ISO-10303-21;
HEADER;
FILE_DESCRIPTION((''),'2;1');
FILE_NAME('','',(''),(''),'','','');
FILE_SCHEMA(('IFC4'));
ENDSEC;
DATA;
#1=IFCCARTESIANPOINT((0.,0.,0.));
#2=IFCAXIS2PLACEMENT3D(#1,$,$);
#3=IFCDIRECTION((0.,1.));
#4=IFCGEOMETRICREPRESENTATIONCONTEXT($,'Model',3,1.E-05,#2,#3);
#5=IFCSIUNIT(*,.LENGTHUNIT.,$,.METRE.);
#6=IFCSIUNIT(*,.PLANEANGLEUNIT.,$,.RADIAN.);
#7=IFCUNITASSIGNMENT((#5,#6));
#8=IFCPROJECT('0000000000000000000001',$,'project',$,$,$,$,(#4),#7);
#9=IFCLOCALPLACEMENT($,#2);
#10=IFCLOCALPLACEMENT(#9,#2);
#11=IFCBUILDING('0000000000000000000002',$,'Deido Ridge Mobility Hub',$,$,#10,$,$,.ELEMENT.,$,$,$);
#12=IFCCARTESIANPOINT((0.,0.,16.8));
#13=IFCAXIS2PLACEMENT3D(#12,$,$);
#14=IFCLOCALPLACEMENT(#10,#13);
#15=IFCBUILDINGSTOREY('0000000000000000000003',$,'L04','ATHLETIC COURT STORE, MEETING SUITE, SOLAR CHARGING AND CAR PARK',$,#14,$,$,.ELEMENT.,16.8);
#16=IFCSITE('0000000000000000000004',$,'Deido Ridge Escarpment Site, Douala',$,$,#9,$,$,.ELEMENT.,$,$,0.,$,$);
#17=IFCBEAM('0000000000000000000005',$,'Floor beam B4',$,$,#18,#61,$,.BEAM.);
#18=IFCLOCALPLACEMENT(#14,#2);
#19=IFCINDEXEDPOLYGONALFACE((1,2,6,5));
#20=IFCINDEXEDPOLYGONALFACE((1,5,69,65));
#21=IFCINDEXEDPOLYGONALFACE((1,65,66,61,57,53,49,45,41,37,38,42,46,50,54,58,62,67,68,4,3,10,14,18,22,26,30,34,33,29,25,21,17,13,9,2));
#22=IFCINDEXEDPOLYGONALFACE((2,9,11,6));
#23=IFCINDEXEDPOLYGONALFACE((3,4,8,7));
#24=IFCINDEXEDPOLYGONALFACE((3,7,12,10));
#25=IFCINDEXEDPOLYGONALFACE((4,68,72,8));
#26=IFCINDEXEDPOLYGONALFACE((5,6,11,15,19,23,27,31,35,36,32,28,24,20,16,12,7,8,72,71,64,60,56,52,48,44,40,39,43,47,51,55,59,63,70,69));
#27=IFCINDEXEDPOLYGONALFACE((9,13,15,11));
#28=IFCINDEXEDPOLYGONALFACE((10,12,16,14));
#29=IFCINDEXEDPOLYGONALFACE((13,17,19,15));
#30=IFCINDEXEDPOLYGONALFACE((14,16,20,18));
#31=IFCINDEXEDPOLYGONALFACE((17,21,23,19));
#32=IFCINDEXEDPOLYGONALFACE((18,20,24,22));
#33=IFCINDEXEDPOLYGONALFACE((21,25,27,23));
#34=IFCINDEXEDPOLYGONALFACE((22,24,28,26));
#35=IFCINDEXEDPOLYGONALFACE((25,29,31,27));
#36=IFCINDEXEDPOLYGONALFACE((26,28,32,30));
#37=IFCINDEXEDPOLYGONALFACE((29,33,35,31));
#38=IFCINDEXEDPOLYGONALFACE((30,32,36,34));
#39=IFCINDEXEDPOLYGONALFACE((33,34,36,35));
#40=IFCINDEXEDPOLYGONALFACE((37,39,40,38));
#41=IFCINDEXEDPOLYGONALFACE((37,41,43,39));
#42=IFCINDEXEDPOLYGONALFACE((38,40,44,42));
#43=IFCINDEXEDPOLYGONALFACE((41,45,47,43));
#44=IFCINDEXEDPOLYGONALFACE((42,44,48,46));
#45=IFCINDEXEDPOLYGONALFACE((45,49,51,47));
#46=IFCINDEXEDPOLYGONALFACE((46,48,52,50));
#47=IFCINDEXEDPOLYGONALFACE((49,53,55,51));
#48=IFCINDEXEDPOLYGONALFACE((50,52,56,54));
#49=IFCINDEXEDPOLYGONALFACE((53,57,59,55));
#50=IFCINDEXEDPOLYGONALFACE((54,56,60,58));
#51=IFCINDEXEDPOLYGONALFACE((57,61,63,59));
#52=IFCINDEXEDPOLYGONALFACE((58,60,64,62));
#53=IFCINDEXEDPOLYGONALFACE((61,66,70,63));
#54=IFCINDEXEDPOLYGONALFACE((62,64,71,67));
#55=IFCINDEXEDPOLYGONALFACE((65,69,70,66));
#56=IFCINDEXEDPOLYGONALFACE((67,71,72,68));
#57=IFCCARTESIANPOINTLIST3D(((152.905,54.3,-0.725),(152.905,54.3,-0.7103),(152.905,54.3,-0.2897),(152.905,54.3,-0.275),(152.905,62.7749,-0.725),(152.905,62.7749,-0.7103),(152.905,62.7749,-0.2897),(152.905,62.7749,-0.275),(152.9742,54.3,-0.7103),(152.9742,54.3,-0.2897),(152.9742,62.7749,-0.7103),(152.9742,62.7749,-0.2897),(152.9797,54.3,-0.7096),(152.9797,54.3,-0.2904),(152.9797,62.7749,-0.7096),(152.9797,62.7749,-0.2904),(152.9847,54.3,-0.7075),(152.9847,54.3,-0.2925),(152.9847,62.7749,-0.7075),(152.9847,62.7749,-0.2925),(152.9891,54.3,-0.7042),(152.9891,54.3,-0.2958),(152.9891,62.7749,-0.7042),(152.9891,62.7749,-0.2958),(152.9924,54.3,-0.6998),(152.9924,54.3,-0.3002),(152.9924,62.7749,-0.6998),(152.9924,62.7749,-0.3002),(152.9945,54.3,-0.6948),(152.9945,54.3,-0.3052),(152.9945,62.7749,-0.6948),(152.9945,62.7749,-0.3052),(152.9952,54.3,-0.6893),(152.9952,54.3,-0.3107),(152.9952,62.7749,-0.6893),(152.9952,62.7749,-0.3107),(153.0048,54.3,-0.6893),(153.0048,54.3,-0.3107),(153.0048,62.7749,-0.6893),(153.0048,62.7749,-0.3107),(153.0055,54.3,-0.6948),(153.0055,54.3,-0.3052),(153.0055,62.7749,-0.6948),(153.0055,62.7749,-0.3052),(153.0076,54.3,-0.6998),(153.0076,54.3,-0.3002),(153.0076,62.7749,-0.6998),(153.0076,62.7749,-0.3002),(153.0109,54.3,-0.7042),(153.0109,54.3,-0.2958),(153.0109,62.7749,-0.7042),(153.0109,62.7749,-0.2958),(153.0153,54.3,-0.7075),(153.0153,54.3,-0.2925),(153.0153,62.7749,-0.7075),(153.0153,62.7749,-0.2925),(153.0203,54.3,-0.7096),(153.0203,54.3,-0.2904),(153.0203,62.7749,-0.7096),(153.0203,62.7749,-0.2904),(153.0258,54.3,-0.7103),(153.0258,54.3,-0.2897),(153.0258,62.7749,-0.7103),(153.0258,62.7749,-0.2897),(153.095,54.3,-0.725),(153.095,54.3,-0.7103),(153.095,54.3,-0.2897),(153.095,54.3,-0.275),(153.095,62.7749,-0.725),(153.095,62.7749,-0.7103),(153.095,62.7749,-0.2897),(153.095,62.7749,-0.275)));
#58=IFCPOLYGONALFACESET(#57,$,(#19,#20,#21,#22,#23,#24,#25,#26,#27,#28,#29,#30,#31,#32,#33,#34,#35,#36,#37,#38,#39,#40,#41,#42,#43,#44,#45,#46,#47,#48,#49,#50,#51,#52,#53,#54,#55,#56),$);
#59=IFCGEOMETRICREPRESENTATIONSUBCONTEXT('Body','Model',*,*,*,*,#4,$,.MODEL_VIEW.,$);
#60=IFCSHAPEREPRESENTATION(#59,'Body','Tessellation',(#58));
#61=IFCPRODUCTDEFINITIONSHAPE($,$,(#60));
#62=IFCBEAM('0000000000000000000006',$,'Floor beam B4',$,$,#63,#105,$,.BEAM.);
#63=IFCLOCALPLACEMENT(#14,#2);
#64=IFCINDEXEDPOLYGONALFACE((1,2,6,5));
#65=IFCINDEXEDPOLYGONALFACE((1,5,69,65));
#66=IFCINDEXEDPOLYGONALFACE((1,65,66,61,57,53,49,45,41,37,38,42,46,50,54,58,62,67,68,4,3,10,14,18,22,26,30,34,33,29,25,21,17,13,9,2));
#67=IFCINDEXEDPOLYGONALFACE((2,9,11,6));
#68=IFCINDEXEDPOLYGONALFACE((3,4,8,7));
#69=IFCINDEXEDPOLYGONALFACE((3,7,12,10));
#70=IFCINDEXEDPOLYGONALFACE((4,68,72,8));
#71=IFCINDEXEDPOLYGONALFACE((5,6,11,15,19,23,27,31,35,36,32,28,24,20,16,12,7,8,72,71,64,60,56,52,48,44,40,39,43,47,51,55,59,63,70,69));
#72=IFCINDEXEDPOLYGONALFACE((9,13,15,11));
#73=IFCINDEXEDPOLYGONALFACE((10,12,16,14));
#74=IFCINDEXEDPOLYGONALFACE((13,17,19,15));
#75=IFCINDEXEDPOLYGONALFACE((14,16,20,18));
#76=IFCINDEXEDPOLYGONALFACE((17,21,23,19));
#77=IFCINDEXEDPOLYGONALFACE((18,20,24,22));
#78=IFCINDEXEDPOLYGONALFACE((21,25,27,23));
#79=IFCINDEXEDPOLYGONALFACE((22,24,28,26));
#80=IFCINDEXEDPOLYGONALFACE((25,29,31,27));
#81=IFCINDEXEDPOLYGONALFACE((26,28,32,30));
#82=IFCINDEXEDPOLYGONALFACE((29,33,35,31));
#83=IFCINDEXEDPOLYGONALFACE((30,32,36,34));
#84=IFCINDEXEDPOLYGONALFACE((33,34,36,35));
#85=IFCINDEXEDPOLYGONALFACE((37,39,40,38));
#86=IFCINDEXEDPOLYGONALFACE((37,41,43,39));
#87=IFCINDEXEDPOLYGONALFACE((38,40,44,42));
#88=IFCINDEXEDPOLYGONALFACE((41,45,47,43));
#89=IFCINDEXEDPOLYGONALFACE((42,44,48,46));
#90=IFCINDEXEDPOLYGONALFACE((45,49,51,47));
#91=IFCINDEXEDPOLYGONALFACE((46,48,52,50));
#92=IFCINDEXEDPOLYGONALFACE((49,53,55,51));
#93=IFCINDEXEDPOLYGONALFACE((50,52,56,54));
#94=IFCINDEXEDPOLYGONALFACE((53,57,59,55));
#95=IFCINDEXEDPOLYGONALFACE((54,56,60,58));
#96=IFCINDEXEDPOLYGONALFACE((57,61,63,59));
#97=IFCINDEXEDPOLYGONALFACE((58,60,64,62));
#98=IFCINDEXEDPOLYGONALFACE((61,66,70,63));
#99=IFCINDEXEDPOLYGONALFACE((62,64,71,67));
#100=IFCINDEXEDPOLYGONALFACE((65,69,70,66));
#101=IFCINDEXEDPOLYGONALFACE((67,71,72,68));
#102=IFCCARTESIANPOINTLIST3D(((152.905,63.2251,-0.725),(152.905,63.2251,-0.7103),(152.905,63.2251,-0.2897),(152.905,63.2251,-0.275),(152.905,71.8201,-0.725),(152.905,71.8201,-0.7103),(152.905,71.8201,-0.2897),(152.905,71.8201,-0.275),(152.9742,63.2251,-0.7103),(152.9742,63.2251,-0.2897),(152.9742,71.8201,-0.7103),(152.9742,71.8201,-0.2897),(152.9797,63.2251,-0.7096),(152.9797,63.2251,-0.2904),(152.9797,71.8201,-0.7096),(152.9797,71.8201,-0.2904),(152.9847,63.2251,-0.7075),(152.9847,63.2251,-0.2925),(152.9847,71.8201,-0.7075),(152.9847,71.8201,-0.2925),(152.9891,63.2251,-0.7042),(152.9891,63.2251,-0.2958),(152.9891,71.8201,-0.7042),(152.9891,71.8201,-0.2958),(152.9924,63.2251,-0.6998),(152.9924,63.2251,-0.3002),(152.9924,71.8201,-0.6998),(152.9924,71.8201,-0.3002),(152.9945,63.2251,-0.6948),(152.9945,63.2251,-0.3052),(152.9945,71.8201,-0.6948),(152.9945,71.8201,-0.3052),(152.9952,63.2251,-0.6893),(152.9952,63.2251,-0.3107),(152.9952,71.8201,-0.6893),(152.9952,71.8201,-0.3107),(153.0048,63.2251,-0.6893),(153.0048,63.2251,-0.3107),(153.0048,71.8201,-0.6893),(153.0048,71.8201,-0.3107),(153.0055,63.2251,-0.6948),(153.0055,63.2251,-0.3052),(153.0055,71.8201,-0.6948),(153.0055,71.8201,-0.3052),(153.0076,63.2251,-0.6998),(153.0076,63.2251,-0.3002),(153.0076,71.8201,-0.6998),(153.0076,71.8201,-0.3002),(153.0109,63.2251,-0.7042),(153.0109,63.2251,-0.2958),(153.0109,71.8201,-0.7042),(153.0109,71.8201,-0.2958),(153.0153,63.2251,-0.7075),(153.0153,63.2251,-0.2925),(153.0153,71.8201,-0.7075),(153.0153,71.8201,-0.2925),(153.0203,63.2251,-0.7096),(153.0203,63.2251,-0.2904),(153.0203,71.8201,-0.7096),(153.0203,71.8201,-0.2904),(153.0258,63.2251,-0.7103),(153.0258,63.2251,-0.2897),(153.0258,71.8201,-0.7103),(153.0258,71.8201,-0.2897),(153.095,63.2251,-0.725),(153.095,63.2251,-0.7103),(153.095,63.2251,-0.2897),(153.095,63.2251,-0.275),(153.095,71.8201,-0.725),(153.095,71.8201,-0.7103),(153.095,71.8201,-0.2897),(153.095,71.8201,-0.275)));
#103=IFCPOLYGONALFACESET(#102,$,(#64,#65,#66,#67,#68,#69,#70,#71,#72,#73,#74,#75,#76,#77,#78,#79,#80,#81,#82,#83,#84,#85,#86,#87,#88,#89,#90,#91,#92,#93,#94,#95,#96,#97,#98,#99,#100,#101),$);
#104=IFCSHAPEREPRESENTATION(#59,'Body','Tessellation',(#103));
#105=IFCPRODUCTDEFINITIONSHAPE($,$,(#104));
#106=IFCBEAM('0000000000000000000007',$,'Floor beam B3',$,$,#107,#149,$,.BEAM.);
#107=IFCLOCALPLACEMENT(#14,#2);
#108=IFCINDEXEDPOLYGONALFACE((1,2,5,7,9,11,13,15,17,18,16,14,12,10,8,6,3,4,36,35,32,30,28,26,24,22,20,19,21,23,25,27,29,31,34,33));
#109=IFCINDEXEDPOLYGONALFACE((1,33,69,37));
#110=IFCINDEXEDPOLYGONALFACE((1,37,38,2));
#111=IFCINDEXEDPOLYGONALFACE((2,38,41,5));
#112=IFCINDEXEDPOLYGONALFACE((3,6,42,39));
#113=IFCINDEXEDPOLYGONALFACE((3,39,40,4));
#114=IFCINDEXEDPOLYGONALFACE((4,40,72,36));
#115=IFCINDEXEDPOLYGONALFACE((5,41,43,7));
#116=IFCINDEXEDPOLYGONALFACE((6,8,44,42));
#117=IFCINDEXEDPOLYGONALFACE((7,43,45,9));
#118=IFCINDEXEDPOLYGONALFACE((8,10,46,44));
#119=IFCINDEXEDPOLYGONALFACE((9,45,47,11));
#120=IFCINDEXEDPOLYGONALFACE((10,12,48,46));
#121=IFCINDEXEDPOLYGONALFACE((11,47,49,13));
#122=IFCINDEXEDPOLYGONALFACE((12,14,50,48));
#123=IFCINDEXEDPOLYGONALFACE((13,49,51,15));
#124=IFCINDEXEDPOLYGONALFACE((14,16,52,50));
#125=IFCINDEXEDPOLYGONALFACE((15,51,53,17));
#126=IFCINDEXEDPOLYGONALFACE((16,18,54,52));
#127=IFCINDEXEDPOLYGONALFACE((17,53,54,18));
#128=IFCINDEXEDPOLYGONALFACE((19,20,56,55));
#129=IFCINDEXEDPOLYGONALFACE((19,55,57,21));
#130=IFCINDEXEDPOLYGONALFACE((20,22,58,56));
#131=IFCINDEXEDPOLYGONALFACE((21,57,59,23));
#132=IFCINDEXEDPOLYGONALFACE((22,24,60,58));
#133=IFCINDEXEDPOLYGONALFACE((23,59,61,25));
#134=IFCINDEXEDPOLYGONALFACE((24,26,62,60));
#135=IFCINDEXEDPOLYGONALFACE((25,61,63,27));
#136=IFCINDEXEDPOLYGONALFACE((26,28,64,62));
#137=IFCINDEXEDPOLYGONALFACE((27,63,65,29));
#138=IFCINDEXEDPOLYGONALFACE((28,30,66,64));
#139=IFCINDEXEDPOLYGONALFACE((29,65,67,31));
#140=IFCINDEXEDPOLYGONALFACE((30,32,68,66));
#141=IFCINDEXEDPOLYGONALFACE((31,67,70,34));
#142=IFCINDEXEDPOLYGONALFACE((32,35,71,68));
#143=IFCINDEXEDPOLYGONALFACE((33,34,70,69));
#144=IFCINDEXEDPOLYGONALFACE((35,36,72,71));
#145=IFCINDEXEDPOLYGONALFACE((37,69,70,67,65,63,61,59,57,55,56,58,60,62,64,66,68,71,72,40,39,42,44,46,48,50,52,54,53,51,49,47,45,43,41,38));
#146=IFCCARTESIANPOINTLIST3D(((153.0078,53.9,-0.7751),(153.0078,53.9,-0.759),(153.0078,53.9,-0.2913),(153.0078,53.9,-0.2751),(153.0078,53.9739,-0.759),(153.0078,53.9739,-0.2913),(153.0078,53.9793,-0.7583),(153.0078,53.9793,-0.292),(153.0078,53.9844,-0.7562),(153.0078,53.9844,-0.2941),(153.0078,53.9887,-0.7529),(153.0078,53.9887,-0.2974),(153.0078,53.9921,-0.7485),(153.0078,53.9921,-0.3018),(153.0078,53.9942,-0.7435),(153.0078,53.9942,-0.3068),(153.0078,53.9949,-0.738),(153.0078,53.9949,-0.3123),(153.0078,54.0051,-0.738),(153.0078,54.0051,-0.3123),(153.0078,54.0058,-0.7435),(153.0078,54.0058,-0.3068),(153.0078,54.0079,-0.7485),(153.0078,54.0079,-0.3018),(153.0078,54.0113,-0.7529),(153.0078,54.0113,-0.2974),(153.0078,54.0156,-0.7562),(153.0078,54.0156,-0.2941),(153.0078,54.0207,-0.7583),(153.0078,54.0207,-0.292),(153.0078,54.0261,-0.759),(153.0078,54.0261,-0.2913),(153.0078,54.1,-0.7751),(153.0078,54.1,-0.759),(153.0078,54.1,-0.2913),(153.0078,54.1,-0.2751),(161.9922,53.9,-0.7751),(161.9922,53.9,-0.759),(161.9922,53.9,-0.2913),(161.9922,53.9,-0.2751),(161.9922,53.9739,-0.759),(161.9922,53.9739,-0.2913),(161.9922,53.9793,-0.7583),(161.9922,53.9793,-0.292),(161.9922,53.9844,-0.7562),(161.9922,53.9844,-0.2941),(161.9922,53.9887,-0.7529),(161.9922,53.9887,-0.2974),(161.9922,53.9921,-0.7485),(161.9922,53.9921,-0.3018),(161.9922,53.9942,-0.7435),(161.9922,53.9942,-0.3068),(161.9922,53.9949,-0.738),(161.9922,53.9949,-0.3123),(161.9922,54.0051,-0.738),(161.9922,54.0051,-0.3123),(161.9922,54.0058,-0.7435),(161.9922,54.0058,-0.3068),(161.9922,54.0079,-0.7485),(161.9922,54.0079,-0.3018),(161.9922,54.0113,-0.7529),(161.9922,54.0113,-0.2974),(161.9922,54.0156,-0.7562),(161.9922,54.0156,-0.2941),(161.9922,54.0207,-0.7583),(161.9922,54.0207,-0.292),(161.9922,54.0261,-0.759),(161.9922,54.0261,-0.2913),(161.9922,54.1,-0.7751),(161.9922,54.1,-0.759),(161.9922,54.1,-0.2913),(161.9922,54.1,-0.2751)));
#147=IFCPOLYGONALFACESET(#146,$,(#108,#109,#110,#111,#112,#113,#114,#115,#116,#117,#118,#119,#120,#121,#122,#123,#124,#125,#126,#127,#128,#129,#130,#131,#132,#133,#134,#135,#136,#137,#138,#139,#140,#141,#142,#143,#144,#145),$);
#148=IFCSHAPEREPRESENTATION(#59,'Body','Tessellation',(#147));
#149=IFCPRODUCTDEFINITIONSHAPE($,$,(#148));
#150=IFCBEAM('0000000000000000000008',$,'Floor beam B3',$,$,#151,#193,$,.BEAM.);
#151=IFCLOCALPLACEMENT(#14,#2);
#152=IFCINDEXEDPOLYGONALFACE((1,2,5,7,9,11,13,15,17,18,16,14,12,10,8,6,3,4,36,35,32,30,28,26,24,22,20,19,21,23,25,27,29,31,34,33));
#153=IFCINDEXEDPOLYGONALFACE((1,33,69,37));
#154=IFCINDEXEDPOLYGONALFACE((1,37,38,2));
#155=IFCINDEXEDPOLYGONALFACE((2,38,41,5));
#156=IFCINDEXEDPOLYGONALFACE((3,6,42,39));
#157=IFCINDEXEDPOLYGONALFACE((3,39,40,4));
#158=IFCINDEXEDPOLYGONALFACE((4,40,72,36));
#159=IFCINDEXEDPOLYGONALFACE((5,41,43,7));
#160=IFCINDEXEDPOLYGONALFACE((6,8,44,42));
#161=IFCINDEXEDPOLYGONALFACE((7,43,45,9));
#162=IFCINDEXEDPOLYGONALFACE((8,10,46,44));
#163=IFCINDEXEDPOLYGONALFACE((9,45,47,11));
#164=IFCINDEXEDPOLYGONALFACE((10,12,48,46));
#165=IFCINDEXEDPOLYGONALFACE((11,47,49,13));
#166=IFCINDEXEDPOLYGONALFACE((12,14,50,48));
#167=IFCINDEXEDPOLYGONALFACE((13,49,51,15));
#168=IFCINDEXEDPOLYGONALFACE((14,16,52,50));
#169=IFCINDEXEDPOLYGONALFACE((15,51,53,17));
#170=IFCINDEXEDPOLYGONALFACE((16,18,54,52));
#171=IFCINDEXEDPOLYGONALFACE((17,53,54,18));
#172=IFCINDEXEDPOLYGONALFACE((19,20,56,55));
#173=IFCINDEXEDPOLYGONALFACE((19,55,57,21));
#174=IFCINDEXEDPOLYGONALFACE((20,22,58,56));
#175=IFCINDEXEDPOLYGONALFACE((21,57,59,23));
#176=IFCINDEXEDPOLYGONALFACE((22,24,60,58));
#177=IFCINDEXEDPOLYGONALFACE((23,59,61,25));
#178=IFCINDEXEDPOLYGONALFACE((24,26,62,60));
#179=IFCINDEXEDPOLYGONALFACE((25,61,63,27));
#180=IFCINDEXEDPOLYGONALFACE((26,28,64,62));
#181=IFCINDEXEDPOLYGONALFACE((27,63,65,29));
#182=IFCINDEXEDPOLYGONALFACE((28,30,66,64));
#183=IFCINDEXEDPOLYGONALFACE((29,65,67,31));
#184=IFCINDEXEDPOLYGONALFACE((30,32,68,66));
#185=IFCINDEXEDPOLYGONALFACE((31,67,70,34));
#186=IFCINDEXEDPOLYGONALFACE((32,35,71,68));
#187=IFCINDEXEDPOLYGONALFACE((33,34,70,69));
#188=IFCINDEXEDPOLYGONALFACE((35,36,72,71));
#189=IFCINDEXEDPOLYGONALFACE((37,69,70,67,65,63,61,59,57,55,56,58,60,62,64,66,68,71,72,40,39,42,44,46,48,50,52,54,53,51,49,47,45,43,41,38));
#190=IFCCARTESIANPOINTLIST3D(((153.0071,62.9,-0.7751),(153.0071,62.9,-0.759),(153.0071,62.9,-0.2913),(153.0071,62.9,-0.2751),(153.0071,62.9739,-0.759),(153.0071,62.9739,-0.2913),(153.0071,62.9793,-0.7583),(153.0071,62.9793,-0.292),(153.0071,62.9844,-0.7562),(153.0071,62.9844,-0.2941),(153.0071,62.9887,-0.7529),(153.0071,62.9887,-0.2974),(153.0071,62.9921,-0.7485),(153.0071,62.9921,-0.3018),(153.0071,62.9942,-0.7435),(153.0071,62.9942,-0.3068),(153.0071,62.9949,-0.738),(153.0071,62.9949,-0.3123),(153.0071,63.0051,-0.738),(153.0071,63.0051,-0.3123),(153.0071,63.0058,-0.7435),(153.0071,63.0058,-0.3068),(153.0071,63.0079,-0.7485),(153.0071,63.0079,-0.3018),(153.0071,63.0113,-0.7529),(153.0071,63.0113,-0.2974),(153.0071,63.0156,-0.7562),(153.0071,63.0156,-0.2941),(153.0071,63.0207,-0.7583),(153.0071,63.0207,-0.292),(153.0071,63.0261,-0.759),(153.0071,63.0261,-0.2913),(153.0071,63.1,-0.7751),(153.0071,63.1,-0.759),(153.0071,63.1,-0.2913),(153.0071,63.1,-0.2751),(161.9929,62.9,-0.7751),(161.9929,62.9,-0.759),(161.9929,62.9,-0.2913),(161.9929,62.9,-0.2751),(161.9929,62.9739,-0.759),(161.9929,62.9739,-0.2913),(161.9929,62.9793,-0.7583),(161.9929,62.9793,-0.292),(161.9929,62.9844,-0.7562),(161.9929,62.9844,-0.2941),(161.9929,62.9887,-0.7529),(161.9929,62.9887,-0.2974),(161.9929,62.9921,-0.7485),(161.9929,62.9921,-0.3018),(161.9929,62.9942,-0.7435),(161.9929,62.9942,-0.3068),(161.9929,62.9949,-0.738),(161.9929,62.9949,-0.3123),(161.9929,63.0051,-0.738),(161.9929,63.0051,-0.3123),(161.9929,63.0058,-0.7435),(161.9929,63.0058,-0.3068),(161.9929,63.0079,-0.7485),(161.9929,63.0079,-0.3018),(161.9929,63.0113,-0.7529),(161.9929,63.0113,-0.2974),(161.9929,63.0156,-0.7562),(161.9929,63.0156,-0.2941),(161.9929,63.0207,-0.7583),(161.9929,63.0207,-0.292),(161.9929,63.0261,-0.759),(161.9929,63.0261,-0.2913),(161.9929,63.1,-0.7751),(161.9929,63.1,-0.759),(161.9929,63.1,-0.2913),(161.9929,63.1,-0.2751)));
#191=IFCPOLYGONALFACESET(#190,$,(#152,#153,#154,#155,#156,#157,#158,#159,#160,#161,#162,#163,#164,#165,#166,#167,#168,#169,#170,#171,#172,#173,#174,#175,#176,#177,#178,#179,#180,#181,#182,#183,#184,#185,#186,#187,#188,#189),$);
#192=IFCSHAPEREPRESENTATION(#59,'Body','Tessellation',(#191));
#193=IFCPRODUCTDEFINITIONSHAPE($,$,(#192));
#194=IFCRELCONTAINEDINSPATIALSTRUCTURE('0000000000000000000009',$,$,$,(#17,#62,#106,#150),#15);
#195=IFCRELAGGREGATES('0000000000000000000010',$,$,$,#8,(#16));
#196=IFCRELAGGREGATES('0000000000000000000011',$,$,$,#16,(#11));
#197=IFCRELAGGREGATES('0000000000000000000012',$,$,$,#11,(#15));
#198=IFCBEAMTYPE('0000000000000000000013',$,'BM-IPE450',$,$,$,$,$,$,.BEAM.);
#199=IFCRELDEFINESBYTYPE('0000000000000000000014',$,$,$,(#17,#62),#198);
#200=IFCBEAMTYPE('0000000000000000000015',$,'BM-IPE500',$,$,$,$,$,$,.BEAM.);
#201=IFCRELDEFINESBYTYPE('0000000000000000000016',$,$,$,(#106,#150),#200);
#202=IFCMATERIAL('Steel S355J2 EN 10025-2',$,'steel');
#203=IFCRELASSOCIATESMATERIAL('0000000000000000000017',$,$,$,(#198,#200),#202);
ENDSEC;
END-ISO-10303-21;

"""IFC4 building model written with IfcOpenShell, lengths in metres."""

from ifc_helpers import new_model, si_unit, direction, frame, origin, origin_2d, place, context, subcontext, project, spatial, i_section, extrude, material, material_profile, profile_set, type_object, element, save


model = new_model("IFC4")

# Units and contexts
model_context = context("Model", 3, precision=1e-05, world=origin(), true_north=direction((0.0, 1.0)))
body_context = subcontext(model_context, "Body", "Model", "MODEL_VIEW")
ifc_project = project(units=[si_unit("LENGTHUNIT", "METRE"), si_unit("PLANEANGLEUNIT", "RADIAN")], contexts=[model_context])

# Site, building, storey
site_placement = place(None, origin())
site = spatial("IfcSite", under=ifc_project, at=site_placement, Name="Deido Ridge Escarpment Site, Douala", CompositionType="ELEMENT", RefElevation=0.0)
building_placement = place(site_placement, origin())
building = spatial("IfcBuilding", under=site, at=building_placement, Name="Deido Ridge Mobility Hub", CompositionType="ELEMENT")
storey_placement = place(building_placement, frame((0.0, 0.0, 16.8)))
storey = spatial("IfcBuildingStorey", under=building, at=storey_placement, Name="L04", Description="ATHLETIC COURT STORE, MEETING SUITE, SOLAR CHARGING AND CAR PARK", CompositionType="ELEMENT", Elevation=16.8)

# Shared definitions
ifc_material_1 = material(Name="Steel S355J2 EN 10025-2", Category="steel")

# Beams
ifc_material_profile_1 = material_profile(ifc_material_1, i_section(OverallWidth=0.1899, OverallDepth=0.45, WebThickness=0.0095, FlangeThickness=0.0146, FilletRadius=0.021, at=origin_2d()), Name="IPE 450")
ifc_profile_set_1 = profile_set([ifc_material_profile_1], Name="Steel S355J2 EN 10025-2")
beam_type_1 = type_object("IfcBeamType", Name="BM-IPE450", PredefinedType="BEAM", material=ifc_profile_set_1)
beam_1_placement = place(storey_placement, frame((153.0, 54.3, -0.5), z_axis=(0.0, 1.0, 0.0), x_axis=(-1.0, 0.0, 0.0)))
element("IfcBeam", 1, at=beam_1_placement, inside=storey, type_object=beam_type_1, Name="Floor beam B4", PredefinedType="BEAM", context=body_context, shape_type="SweptSolid", body=[
    extrude(i_section(OverallWidth=0.1899, OverallDepth=0.45, WebThickness=0.0095, FlangeThickness=0.0146, FilletRadius=0.021, at=origin_2d()), origin(), (0.0, 0.0, 1.0), 8.4749),
])
beam_2_placement = place(storey_placement, frame((153.0, 63.2251, -0.5), z_axis=(0.0, 1.0, 0.0), x_axis=(-1.0, 0.0, 0.0)))
element("IfcBeam", 2, at=beam_2_placement, inside=storey, type_object=beam_type_1, Name="Floor beam B4", PredefinedType="BEAM", context=body_context, shape_type="SweptSolid", body=[
    extrude(i_section(OverallWidth=0.1899, OverallDepth=0.45, WebThickness=0.0095, FlangeThickness=0.0146, FilletRadius=0.021, at=origin_2d()), origin(), (0.0, 0.0, 1.0), 8.595),
])
ifc_material_profile_2 = material_profile(ifc_material_1, i_section(OverallWidth=0.2, OverallDepth=0.5, WebThickness=0.0103, FlangeThickness=0.0161, FilletRadius=0.021, at=origin_2d()), Name="IPE 500")
ifc_profile_set_2 = profile_set([ifc_material_profile_2], Name="Steel S355J2 EN 10025-2")
beam_type_2 = type_object("IfcBeamType", Name="BM-IPE500", PredefinedType="BEAM", material=ifc_profile_set_2)
beam_3_placement = place(storey_placement, frame((153.0078, 54.0, -0.5251), z_axis=(1.0, 0.0, 0.0), x_axis=(0.0, 1.0, 0.0)))
element("IfcBeam", 3, at=beam_3_placement, inside=storey, type_object=beam_type_2, Name="Floor beam B3", PredefinedType="BEAM", context=body_context, shape_type="SweptSolid", body=[
    extrude(i_section(OverallWidth=0.2, OverallDepth=0.5, WebThickness=0.0103, FlangeThickness=0.0161, FilletRadius=0.021, at=origin_2d()), origin(), (0.0, 0.0, 1.0), 8.9844),
])
beam_4_placement = place(storey_placement, frame((153.0071, 63.0, -0.5251), z_axis=(1.0, 0.0, 0.0), x_axis=(0.0, 1.0, 0.0)))
element("IfcBeam", 4, at=beam_4_placement, inside=storey, type_object=beam_type_2, Name="Floor beam B3", PredefinedType="BEAM", context=body_context, shape_type="SweptSolid", body=[
    extrude(i_section(OverallWidth=0.2, OverallDepth=0.5, WebThickness=0.0103, FlangeThickness=0.0161, FilletRadius=0.021, at=origin_2d()), origin(), (0.0, 0.0, 1.0), 8.9858),
])

save(model, "model.ifc")
